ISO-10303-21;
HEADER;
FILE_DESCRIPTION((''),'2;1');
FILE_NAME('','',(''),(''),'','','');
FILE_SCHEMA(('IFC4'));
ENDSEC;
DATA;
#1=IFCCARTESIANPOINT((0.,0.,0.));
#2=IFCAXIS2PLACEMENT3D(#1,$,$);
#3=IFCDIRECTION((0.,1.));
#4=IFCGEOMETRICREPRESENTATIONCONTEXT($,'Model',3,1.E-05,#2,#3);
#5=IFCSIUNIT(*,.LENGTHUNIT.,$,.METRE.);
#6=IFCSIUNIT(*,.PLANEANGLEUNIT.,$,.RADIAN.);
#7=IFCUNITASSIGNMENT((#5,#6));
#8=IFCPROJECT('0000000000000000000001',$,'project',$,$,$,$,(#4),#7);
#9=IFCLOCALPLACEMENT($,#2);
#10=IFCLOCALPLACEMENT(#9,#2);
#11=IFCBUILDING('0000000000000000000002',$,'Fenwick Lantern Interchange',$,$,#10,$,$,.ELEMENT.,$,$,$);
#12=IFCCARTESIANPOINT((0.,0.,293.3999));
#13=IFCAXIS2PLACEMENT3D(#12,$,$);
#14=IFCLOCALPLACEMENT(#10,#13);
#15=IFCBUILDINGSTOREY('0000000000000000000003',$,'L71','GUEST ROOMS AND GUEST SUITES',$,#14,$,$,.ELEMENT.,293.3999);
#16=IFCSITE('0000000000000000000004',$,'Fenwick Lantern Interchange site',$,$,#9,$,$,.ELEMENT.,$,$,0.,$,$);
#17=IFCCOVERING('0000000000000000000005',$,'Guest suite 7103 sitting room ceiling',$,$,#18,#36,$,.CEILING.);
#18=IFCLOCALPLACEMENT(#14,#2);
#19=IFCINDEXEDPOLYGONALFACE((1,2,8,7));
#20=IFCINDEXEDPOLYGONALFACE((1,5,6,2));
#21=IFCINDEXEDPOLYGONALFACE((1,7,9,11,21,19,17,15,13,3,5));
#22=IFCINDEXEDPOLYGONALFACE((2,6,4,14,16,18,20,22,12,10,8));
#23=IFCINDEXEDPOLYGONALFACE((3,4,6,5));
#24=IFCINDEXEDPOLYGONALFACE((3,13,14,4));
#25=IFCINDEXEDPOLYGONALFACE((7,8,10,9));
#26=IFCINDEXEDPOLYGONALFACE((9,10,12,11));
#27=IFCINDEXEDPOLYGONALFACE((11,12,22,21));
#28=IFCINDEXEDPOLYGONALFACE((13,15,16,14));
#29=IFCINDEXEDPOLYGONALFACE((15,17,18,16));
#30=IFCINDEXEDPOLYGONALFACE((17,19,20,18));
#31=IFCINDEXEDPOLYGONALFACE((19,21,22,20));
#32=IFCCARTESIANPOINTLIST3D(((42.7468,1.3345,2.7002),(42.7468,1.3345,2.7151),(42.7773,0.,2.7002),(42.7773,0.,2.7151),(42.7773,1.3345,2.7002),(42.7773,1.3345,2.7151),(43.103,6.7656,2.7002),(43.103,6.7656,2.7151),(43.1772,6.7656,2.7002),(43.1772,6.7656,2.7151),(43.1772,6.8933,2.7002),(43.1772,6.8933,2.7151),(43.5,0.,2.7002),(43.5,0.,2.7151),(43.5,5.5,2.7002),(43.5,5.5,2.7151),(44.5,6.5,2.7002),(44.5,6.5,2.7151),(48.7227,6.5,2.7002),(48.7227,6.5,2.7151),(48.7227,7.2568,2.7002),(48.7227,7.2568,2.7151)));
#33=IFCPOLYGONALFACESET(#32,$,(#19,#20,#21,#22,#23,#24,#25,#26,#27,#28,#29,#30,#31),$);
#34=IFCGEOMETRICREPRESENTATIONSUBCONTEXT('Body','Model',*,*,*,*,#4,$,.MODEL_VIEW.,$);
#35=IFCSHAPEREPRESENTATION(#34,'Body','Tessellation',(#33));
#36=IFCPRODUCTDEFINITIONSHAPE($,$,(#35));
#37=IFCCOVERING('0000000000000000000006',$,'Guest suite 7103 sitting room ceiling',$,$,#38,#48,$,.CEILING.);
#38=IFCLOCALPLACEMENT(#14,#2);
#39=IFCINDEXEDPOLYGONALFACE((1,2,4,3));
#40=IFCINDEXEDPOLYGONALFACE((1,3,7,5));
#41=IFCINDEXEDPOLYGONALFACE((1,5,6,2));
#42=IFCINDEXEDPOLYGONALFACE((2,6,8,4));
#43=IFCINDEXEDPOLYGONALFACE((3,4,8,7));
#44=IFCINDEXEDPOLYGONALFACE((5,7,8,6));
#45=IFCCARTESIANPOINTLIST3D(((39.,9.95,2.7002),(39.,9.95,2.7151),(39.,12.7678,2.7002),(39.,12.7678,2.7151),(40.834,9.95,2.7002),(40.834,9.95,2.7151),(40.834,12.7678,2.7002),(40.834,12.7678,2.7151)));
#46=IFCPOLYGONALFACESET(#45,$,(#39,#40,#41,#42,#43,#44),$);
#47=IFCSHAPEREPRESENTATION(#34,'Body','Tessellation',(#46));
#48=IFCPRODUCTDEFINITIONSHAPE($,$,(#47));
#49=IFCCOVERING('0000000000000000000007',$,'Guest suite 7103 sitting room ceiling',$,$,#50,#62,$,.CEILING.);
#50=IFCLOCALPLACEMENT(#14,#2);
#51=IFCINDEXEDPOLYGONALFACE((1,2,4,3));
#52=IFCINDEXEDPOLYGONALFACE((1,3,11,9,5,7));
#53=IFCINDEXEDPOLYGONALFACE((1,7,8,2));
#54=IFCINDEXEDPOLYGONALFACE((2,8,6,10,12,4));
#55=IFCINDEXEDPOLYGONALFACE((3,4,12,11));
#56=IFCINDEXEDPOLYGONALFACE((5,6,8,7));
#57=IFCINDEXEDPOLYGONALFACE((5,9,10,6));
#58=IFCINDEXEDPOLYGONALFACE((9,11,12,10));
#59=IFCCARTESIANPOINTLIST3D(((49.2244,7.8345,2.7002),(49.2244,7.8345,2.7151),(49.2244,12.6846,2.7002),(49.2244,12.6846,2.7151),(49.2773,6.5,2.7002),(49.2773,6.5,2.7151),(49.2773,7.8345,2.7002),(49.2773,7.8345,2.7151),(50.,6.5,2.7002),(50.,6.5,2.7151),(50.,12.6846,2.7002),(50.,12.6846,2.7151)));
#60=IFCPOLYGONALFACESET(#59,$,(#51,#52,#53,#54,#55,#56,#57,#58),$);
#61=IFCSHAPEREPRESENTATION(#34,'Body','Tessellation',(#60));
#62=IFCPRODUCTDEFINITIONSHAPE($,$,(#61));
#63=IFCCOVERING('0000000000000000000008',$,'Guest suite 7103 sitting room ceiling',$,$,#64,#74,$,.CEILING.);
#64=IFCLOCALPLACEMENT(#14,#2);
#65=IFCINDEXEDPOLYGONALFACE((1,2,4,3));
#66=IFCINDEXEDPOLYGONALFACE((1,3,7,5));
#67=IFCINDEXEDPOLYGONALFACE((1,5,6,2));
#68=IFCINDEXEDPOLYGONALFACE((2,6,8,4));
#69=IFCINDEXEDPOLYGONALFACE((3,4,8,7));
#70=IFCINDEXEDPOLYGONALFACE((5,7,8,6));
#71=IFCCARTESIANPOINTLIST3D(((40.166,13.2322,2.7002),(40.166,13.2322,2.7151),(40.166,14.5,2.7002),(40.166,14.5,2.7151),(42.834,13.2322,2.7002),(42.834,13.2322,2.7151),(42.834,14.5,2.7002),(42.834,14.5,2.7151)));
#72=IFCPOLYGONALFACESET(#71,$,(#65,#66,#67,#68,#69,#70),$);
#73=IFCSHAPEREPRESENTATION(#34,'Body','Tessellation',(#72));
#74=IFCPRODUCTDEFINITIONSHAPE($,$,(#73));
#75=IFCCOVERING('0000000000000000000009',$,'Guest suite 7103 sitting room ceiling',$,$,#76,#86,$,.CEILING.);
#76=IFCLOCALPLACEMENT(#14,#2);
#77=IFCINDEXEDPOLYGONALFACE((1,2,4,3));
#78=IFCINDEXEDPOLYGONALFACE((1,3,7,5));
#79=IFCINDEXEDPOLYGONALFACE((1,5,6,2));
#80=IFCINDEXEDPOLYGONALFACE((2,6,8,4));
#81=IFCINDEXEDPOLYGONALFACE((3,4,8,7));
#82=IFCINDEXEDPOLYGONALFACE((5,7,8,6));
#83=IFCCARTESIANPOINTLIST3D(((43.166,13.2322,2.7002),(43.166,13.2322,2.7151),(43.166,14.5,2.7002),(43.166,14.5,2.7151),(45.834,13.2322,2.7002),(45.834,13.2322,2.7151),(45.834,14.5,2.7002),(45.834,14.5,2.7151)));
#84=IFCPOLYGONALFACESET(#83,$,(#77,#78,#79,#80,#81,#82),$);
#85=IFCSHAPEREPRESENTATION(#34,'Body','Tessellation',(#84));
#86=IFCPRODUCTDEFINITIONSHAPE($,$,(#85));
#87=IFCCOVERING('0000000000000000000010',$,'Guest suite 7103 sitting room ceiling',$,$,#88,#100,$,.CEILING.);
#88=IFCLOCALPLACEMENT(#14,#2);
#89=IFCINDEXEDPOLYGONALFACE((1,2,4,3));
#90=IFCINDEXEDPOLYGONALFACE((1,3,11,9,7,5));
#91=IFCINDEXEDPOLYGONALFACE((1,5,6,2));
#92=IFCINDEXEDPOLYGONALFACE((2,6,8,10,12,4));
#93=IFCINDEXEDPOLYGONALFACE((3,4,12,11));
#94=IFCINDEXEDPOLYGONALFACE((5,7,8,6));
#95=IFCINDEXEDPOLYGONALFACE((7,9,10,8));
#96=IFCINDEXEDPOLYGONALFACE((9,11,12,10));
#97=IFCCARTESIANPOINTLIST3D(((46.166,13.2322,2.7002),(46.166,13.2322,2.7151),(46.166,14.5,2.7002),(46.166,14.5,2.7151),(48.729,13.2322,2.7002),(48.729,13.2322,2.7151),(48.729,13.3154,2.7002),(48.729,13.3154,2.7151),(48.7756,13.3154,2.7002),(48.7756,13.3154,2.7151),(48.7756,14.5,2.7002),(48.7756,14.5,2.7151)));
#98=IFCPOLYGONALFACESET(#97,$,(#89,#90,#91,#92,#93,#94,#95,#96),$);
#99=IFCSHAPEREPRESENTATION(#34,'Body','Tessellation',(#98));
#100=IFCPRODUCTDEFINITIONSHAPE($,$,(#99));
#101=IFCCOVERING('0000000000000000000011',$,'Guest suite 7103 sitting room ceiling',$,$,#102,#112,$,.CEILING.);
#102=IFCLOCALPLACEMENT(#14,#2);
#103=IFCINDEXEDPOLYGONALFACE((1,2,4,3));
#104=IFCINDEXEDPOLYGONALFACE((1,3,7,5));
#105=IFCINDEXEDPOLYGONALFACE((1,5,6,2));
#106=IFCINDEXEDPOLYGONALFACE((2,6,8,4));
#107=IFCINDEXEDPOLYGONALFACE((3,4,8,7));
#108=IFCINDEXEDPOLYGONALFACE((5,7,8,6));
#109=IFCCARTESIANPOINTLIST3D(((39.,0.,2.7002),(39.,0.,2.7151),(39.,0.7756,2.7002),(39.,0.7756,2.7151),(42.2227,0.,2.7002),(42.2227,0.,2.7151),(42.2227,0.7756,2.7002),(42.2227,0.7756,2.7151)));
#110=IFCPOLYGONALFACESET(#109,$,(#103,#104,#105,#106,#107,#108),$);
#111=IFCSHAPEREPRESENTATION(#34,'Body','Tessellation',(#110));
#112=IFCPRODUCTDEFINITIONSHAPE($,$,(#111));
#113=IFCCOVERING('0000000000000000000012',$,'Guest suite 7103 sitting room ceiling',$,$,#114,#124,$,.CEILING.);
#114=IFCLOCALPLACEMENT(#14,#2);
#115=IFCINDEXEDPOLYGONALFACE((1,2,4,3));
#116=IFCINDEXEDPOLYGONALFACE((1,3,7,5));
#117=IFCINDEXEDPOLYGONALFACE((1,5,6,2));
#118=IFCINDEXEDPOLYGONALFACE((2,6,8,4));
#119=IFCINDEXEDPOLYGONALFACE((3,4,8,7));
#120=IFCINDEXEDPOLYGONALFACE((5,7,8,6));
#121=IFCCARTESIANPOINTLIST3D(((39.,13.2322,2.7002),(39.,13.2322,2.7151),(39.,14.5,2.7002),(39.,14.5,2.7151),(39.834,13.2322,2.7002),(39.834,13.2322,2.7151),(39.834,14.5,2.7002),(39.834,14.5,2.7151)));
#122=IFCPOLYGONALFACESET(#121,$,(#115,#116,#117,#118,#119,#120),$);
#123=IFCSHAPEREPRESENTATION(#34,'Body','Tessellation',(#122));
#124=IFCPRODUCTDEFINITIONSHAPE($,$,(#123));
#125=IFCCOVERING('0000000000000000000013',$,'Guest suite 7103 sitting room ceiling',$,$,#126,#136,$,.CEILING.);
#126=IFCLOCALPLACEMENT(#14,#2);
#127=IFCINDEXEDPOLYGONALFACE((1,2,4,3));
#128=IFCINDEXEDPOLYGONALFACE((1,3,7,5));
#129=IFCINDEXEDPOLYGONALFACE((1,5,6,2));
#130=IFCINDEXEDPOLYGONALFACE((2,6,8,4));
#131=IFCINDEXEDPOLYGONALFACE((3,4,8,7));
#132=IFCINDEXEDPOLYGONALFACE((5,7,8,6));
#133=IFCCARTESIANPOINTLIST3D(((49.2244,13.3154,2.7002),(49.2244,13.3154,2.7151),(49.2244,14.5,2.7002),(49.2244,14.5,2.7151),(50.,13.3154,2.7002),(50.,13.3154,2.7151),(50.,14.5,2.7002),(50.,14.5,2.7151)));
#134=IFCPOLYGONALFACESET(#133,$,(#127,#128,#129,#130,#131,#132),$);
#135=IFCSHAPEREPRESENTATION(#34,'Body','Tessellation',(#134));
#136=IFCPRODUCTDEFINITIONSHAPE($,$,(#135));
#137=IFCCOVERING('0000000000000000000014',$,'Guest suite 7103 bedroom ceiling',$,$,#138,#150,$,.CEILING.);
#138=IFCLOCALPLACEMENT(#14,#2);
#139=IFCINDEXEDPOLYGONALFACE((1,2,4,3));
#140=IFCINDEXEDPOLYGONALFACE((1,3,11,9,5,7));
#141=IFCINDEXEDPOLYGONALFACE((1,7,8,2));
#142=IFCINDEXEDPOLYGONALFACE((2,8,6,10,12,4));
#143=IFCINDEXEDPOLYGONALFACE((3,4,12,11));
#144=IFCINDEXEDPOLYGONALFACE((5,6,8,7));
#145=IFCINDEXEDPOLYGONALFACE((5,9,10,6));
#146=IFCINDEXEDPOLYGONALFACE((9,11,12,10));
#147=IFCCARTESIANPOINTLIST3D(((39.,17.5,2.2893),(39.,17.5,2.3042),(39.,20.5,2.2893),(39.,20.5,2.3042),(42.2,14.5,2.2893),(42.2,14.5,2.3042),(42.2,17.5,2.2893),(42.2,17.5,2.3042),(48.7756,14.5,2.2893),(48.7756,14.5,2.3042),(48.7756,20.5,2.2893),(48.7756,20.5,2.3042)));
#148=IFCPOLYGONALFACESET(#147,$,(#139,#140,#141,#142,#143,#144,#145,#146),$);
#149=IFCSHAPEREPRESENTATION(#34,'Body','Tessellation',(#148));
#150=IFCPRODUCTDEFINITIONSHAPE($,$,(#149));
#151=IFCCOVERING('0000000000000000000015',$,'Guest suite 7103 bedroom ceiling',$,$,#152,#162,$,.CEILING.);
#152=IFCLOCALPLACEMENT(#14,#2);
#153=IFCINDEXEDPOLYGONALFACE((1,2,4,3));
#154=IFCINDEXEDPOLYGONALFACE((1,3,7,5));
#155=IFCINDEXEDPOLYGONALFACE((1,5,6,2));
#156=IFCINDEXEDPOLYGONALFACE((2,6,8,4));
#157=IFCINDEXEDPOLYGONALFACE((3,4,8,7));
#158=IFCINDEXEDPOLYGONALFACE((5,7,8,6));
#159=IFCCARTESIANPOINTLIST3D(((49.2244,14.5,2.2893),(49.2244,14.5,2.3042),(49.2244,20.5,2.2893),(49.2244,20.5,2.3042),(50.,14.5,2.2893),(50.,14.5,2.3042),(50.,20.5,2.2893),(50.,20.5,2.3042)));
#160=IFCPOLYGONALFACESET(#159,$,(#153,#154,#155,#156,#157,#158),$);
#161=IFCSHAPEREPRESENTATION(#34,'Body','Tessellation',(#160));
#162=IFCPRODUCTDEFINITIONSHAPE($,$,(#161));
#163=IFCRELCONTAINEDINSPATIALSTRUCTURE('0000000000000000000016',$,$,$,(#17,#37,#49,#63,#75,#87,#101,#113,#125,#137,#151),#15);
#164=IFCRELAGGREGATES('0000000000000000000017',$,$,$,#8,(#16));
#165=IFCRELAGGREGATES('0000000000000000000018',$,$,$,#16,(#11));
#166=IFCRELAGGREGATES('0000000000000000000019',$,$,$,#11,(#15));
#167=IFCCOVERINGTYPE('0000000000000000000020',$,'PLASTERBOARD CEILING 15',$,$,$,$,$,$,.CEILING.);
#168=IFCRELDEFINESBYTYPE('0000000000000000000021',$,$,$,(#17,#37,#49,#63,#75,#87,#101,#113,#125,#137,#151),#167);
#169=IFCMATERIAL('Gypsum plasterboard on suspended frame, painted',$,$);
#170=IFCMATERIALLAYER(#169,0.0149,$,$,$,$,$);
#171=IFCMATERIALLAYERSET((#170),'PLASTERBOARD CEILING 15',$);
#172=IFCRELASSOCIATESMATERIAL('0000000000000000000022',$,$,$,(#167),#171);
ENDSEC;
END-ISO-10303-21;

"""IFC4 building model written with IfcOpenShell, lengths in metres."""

from ifc_helpers import new_model, si_unit, direction, frame, origin, place, context, subcontext, project, spatial, polyline, outline, extrude, material, layer, layer_set, type_object, element, save


model = new_model("IFC4")

# Units and contexts
model_context = context("Model", 3, precision=1e-05, world=origin(), true_north=direction((0.0, 1.0)))
body_context = subcontext(model_context, "Body", "Model", "MODEL_VIEW")
ifc_project = project(units=[si_unit("LENGTHUNIT", "METRE"), si_unit("PLANEANGLEUNIT", "RADIAN")], contexts=[model_context])

# Site, building, storey
site_placement = place(None, origin())
site = spatial("IfcSite", under=ifc_project, at=site_placement, Name="Fenwick Lantern Interchange site", CompositionType="ELEMENT", RefElevation=0.0)
building_placement = place(site_placement, origin())
building = spatial("IfcBuilding", under=site, at=building_placement, Name="Fenwick Lantern Interchange", CompositionType="ELEMENT")
storey_placement = place(building_placement, frame((0.0, 0.0, 293.3999)))
storey = spatial("IfcBuildingStorey", under=building, at=storey_placement, Name="L71", Description="GUEST ROOMS AND GUEST SUITES", CompositionType="ELEMENT", Elevation=293.3999)

# Coverings
ifc_material_1 = material(Name="Gypsum plasterboard on suspended frame, painted")
ifc_layer_1 = layer(ifc_material_1, 0.0149)
ifc_layer_set_1 = layer_set([ifc_layer_1], Name="PLASTERBOARD CEILING 15")
covering_type_1 = type_object("IfcCoveringType", Name="PLASTERBOARD CEILING 15", PredefinedType="CEILING", material=ifc_layer_set_1)
covering_1_placement = place(storey_placement, frame((0.0, 0.0, 2.7002)))
element("IfcCovering", 1, at=covering_1_placement, inside=storey, type_object=covering_type_1, Name="Guest suite 7103 sitting room ceiling", PredefinedType="CEILING", context=body_context, shape_type="SweptSolid", body=[
    extrude(outline(polyline([(42.7468, 1.3345), (42.7773, 1.3345), (42.7773, 0.0), (43.5, 0.0), (43.5, 5.5), (44.5, 6.5), (48.7227, 6.5), (48.7227, 7.2568), (43.1772, 6.8933), (43.1772, 6.7656), (43.103, 6.7656), (42.7468, 1.3345)])), origin(), (0.0, 0.0, 1.0), 0.0149),
])
covering_2_placement = place(storey_placement, frame((0.0, 0.0, 2.7002)))
element("IfcCovering", 2, at=covering_2_placement, inside=storey, type_object=covering_type_1, Name="Guest suite 7103 sitting room ceiling", PredefinedType="CEILING", context=body_context, shape_type="SweptSolid", body=[
    extrude(outline(polyline([(39.0, 9.95), (40.834, 9.95), (40.834, 12.7678), (39.0, 12.7678), (39.0, 9.95)])), origin(), (0.0, 0.0, 1.0), 0.0149),
])
covering_3_placement = place(storey_placement, frame((0.0, 0.0, 2.7002)))
element("IfcCovering", 3, at=covering_3_placement, inside=storey, type_object=covering_type_1, Name="Guest suite 7103 sitting room ceiling", PredefinedType="CEILING", context=body_context, shape_type="SweptSolid", body=[
    extrude(outline(polyline([(50.0, 12.6846), (49.2244, 12.6846), (49.2244, 7.8345), (49.2773, 7.8345), (49.2773, 6.5), (50.0, 6.5), (50.0, 12.6846)])), origin(), (0.0, 0.0, 1.0), 0.0149),
])
covering_4_placement = place(storey_placement, frame((0.0, 0.0, 2.7002)))
element("IfcCovering", 4, at=covering_4_placement, inside=storey, type_object=covering_type_1, Name="Guest suite 7103 sitting room ceiling", PredefinedType="CEILING", context=body_context, shape_type="SweptSolid", body=[
    extrude(outline(polyline([(42.834, 14.5), (40.166, 14.5), (40.166, 13.2322), (42.834, 13.2322), (42.834, 14.5)])), origin(), (0.0, 0.0, 1.0), 0.0149),
])
covering_5_placement = place(storey_placement, frame((0.0, 0.0, 2.7002)))
element("IfcCovering", 5, at=covering_5_placement, inside=storey, type_object=covering_type_1, Name="Guest suite 7103 sitting room ceiling", PredefinedType="CEILING", context=body_context, shape_type="SweptSolid", body=[
    extrude(outline(polyline([(45.834, 14.5), (43.166, 14.5), (43.166, 13.2322), (45.834, 13.2322), (45.834, 14.5)])), origin(), (0.0, 0.0, 1.0), 0.0149),
])
covering_6_placement = place(storey_placement, frame((0.0, 0.0, 2.7002)))
element("IfcCovering", 6, at=covering_6_placement, inside=storey, type_object=covering_type_1, Name="Guest suite 7103 sitting room ceiling", PredefinedType="CEILING", context=body_context, shape_type="SweptSolid", body=[
    extrude(outline(polyline([(48.7756, 14.5), (46.166, 14.5), (46.166, 13.2322), (48.729, 13.2322), (48.729, 13.3154), (48.7756, 13.3154), (48.7756, 14.5)])), origin(), (0.0, 0.0, 1.0), 0.0149),
])
covering_7_placement = place(storey_placement, frame((0.0, 0.0, 2.7002)))
element("IfcCovering", 7, at=covering_7_placement, inside=storey, type_object=covering_type_1, Name="Guest suite 7103 sitting room ceiling", PredefinedType="CEILING", context=body_context, shape_type="SweptSolid", body=[
    extrude(outline(polyline([(42.2227, 0.0), (42.2227, 0.7756), (39.0, 0.7756), (39.0, 0.0), (42.2227, 0.0)])), origin(), (0.0, 0.0, 1.0), 0.0149),
])
covering_8_placement = place(storey_placement, frame((0.0, 0.0, 2.7002)))
element("IfcCovering", 8, at=covering_8_placement, inside=storey, type_object=covering_type_1, Name="Guest suite 7103 sitting room ceiling", PredefinedType="CEILING", context=body_context, shape_type="SweptSolid", body=[
    extrude(outline(polyline([(39.0, 14.5), (39.0, 13.2322), (39.834, 13.2322), (39.834, 14.5), (39.0, 14.5)])), origin(), (0.0, 0.0, 1.0), 0.0149),
])
covering_9_placement = place(storey_placement, frame((0.0, 0.0, 2.7002)))
element("IfcCovering", 9, at=covering_9_placement, inside=storey, type_object=covering_type_1, Name="Guest suite 7103 sitting room ceiling", PredefinedType="CEILING", context=body_context, shape_type="SweptSolid", body=[
    extrude(outline(polyline([(50.0, 14.5), (49.2244, 14.5), (49.2244, 13.3154), (50.0, 13.3154), (50.0, 14.5)])), origin(), (0.0, 0.0, 1.0), 0.0149),
])
covering_10_placement = place(storey_placement, frame((0.0, 0.0, 2.2893)))
element("IfcCovering", 10, at=covering_10_placement, inside=storey, type_object=covering_type_1, Name="Guest suite 7103 bedroom ceiling", PredefinedType="CEILING", context=body_context, shape_type="SweptSolid", body=[
    extrude(outline(polyline([(48.7756, 20.5), (39.0, 20.5), (39.0, 17.5), (42.2, 17.5), (42.2, 14.5), (48.7756, 14.5), (48.7756, 20.5)])), origin(), (0.0, 0.0, 1.0), 0.0149),
])
covering_11_placement = place(storey_placement, frame((0.0, 0.0, 2.2893)))
element("IfcCovering", 11, at=covering_11_placement, inside=storey, type_object=covering_type_1, Name="Guest suite 7103 bedroom ceiling", PredefinedType="CEILING", context=body_context, shape_type="SweptSolid", body=[
    extrude(outline(polyline([(50.0, 20.5), (49.2244, 20.5), (49.2244, 14.5), (50.0, 14.5), (50.0, 20.5)])), origin(), (0.0, 0.0, 1.0), 0.0149),
])

save(model, "model.ifc")
